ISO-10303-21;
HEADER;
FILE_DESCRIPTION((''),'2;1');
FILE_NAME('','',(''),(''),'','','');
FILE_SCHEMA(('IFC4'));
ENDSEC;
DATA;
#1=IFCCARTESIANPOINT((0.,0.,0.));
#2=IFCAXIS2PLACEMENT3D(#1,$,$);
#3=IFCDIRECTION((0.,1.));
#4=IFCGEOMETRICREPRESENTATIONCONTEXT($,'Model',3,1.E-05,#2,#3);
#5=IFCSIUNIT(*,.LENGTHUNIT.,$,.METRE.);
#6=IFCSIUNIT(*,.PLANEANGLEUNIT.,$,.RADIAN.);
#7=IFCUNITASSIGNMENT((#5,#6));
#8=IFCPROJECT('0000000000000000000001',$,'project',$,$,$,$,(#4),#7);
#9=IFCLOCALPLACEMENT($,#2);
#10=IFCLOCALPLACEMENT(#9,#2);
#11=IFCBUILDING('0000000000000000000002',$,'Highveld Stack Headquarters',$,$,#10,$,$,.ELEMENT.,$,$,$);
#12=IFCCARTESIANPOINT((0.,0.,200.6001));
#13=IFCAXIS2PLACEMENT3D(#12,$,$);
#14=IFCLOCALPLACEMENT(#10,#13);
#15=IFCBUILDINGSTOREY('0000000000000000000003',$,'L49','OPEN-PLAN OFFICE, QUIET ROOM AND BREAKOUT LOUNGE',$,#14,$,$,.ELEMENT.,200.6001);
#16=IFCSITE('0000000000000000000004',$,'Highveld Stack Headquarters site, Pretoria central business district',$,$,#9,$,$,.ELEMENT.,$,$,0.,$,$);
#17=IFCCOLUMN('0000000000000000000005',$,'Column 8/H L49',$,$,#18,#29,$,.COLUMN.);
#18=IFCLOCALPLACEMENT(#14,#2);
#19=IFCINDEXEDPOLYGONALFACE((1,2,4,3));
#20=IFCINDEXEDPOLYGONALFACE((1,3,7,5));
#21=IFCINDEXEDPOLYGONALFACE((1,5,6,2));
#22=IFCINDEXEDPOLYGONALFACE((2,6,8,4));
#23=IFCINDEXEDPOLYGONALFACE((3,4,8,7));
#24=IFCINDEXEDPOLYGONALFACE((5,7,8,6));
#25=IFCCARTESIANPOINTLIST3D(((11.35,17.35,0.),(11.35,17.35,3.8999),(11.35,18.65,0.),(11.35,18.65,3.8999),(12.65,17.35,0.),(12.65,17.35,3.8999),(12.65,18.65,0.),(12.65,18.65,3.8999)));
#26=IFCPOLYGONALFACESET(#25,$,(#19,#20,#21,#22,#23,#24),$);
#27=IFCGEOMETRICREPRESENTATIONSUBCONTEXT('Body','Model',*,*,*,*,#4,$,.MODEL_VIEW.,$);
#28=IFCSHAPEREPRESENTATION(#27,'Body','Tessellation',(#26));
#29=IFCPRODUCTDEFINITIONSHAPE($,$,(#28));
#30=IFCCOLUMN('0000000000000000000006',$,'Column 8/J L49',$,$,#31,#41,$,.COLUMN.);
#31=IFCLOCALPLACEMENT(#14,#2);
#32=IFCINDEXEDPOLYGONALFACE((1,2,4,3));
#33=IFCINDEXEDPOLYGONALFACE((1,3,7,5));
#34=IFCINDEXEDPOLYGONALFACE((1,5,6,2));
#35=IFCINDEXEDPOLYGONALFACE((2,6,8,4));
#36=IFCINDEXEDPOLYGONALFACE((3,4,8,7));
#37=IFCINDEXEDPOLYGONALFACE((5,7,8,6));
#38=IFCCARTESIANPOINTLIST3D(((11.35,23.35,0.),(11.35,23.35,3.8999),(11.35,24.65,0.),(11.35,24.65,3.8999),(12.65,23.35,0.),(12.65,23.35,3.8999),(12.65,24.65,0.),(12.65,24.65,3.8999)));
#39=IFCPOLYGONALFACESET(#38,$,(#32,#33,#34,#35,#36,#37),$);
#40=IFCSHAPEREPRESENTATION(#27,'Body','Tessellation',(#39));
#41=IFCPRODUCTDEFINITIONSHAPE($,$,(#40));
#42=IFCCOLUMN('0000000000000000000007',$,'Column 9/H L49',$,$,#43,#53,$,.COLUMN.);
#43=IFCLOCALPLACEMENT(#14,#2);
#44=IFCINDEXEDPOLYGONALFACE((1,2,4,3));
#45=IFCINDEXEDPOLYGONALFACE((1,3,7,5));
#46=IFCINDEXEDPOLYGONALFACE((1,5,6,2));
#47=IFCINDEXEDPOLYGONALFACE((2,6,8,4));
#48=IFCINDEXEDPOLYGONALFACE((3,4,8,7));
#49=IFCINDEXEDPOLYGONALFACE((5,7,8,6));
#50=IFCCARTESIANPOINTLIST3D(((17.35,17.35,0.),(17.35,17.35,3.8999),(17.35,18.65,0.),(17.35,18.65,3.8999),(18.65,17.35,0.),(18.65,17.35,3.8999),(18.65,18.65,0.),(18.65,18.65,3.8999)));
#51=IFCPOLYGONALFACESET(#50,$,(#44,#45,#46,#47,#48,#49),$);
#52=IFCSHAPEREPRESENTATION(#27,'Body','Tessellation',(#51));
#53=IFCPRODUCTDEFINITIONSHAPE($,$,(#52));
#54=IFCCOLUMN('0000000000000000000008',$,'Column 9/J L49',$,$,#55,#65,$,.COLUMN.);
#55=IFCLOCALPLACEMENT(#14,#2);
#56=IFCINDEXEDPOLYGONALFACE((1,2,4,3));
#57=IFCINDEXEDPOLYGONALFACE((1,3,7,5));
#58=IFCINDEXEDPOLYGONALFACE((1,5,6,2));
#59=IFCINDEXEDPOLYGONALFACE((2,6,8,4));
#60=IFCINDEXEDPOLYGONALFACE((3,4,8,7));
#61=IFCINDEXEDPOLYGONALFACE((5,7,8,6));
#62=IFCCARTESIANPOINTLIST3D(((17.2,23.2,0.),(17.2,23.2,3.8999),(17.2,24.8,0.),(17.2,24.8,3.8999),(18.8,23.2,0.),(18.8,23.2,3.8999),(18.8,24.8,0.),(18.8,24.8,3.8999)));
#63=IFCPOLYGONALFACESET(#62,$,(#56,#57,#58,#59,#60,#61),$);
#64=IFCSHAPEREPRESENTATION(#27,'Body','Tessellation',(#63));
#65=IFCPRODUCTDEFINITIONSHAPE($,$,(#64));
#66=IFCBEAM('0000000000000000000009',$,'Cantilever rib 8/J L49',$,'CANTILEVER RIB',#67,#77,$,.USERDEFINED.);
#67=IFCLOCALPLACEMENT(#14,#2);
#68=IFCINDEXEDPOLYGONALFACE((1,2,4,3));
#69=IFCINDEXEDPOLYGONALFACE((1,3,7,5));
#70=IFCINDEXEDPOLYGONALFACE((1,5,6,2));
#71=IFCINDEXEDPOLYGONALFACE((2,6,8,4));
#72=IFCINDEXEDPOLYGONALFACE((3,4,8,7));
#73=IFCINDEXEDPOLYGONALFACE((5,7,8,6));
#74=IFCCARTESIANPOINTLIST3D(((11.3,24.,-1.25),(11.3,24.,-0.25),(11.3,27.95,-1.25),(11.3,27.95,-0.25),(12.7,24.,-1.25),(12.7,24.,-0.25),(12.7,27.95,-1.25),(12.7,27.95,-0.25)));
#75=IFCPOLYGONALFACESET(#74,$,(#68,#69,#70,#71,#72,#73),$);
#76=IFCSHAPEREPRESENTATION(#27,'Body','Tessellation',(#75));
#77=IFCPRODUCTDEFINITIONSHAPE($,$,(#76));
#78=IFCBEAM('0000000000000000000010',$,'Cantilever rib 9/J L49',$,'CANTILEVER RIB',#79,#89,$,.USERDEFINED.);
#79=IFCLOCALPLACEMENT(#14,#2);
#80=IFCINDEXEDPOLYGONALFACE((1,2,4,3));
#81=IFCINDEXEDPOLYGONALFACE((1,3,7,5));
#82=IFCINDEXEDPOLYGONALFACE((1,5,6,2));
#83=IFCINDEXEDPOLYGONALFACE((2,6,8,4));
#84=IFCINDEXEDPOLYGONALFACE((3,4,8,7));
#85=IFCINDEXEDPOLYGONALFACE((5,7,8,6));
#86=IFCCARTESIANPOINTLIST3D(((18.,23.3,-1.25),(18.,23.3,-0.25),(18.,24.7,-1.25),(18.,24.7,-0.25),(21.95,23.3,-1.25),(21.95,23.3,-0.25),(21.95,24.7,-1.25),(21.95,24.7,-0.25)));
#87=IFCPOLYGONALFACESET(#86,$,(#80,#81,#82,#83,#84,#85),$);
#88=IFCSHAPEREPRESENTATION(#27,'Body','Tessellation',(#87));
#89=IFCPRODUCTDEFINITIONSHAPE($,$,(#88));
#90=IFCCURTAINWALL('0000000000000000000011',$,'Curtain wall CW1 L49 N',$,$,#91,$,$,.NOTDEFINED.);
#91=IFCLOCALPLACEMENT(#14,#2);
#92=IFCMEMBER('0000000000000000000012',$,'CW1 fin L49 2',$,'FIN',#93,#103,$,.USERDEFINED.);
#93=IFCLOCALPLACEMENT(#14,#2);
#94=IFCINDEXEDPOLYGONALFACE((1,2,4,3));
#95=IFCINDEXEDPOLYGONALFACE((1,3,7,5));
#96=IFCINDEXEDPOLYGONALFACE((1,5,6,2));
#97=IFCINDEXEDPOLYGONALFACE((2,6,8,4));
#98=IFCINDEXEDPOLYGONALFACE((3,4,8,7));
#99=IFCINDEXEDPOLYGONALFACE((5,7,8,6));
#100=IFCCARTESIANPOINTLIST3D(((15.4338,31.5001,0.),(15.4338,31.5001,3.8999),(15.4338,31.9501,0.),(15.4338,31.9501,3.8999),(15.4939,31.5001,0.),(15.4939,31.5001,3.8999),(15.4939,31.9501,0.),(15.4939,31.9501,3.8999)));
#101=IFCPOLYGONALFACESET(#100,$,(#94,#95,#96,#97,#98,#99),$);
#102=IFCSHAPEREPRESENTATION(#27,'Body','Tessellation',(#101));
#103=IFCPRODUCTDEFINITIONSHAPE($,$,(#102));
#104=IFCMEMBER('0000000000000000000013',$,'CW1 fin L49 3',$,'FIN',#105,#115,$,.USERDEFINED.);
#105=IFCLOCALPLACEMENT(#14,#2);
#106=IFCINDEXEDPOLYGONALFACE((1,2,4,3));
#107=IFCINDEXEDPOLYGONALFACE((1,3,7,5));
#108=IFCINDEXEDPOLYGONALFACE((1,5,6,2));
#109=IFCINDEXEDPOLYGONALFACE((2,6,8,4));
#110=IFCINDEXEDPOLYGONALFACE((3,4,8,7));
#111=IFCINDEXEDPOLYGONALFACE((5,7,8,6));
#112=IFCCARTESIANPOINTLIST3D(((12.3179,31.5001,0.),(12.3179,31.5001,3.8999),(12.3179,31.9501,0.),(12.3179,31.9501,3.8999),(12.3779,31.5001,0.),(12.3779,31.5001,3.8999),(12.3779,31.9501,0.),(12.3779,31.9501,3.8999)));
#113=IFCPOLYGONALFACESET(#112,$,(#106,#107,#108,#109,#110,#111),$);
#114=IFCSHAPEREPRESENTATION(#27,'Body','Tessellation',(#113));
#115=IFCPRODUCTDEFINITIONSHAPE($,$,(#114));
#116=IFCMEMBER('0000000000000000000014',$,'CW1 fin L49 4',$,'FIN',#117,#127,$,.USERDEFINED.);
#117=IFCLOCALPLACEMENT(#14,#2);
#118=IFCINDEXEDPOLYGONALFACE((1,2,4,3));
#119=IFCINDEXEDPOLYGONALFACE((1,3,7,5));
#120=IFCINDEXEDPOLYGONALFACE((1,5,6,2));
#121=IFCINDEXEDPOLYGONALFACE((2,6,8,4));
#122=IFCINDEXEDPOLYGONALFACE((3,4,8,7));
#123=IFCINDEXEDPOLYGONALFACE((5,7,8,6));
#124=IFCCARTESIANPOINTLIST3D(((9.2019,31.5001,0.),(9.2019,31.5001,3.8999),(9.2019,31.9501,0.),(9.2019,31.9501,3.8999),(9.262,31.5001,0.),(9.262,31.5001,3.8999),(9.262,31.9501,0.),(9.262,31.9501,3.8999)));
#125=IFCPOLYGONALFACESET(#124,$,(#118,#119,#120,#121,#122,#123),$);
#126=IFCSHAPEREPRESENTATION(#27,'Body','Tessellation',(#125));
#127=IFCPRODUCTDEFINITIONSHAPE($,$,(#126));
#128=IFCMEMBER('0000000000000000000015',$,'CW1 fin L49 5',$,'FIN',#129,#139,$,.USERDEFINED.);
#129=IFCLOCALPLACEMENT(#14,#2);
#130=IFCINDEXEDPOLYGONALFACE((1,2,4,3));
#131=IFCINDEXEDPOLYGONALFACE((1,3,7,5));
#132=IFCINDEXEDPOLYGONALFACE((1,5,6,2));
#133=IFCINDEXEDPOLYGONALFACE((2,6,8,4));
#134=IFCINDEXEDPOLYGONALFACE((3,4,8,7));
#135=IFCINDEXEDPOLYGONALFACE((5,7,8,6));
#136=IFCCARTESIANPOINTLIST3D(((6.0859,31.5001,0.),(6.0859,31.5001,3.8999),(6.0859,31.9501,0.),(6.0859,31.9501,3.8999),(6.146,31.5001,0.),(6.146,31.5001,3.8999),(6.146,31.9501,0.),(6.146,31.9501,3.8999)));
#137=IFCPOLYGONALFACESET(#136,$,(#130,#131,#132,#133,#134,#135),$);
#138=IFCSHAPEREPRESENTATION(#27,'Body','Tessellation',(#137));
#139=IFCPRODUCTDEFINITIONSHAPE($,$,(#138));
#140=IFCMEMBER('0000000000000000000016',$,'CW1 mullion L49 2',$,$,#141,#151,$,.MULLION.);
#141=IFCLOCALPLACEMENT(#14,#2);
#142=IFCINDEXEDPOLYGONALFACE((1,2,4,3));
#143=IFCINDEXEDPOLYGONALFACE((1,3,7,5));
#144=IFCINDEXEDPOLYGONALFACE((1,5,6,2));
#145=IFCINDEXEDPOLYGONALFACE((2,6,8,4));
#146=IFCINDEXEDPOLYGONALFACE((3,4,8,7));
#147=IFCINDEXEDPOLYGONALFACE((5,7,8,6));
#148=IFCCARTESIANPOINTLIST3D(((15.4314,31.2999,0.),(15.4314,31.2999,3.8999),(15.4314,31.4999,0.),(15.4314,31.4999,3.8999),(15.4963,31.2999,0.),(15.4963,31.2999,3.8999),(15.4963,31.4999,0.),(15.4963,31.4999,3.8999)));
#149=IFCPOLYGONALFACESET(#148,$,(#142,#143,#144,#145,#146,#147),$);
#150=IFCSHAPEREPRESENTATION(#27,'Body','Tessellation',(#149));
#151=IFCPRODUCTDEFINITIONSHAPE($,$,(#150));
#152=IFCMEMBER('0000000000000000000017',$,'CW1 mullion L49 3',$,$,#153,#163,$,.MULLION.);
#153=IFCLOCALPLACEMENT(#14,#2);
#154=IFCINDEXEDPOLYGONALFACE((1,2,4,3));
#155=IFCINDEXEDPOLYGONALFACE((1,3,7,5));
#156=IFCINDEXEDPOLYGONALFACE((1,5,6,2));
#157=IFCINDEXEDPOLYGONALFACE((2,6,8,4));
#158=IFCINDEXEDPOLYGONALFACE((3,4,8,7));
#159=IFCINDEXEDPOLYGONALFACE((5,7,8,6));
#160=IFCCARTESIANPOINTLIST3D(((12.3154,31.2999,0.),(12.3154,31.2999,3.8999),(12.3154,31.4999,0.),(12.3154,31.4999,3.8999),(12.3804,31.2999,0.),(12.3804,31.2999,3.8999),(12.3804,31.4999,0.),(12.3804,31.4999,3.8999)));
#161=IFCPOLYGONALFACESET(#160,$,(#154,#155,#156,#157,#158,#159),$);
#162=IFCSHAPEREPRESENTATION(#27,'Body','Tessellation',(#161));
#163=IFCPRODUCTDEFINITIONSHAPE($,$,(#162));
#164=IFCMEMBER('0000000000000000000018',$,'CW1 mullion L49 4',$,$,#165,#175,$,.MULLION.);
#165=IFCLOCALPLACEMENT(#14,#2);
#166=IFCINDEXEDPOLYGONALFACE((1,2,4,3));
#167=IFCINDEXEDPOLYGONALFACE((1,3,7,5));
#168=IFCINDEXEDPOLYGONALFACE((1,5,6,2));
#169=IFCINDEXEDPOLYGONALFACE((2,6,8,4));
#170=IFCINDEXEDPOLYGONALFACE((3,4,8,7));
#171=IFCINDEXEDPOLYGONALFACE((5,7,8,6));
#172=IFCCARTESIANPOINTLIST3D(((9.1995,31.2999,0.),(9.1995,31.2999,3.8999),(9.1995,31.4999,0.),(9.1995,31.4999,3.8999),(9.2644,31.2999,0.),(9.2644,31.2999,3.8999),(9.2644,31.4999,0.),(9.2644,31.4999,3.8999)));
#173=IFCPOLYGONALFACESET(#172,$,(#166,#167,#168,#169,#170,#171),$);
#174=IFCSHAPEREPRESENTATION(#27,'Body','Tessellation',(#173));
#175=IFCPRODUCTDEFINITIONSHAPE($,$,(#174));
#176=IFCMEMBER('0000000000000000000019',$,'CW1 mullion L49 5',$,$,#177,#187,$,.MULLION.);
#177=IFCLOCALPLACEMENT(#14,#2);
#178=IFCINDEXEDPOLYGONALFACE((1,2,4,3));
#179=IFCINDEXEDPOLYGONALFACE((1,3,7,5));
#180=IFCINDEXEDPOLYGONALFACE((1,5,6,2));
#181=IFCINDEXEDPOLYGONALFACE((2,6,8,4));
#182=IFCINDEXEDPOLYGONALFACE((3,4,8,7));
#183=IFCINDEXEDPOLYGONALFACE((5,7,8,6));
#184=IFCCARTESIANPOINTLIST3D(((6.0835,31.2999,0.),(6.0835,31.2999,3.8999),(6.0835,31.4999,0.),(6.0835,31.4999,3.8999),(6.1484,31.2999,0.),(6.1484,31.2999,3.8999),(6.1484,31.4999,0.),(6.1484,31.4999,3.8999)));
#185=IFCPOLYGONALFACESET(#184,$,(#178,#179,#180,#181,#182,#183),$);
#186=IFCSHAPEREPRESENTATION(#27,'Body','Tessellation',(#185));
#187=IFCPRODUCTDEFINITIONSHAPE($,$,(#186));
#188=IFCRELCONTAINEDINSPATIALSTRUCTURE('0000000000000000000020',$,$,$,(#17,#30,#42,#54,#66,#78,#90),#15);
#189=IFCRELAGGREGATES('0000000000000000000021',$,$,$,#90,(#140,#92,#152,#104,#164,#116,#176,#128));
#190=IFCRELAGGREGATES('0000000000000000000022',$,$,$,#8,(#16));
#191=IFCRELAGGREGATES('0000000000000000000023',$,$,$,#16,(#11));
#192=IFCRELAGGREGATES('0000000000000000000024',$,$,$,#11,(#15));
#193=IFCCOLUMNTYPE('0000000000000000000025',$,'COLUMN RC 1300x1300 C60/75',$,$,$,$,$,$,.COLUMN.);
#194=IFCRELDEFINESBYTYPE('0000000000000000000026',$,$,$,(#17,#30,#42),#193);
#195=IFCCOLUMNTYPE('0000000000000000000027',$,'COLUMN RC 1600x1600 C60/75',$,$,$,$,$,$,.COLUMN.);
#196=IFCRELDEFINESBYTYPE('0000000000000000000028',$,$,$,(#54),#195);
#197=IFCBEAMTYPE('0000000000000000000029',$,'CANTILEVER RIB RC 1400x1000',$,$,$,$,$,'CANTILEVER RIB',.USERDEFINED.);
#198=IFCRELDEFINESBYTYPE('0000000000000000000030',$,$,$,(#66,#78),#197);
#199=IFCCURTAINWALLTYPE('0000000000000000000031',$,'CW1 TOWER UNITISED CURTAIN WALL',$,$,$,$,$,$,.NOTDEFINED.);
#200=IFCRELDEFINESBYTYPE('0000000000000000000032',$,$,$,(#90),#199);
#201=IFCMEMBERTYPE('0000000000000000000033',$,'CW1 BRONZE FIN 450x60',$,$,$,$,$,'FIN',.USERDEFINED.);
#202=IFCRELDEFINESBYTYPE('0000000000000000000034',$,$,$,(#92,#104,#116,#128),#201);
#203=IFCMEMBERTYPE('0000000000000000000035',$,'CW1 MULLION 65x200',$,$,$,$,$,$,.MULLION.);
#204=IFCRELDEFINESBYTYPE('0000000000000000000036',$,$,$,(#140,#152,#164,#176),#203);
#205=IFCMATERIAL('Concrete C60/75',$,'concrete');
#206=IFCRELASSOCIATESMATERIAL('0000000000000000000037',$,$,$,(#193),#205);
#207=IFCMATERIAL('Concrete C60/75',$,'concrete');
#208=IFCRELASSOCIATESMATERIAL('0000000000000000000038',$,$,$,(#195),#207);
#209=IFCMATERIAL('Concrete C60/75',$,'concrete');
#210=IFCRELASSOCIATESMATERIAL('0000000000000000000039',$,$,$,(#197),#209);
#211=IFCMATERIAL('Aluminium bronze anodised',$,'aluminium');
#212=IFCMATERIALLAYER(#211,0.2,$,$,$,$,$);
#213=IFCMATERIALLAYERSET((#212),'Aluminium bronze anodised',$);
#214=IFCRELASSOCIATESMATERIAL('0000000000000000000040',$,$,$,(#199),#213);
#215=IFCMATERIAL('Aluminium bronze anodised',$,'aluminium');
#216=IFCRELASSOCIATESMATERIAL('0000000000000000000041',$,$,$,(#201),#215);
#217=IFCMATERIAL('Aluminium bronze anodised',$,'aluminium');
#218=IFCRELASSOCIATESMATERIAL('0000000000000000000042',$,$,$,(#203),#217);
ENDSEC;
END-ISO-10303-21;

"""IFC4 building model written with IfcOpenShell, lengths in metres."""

from ifc_helpers import new_model, si_unit, direction, frame, origin, origin_2d, place, context, subcontext, project, spatial, rectangle, extrude, material, layer, layer_set, material_profile, profile_set, type_object, element, aggregate, save


model = new_model("IFC4")

# Units and contexts
model_context = context("Model", 3, precision=1e-05, world=origin(), true_north=direction((0.0, 1.0)))
body_context = subcontext(model_context, "Body", "Model", "MODEL_VIEW")
ifc_project = project(units=[si_unit("LENGTHUNIT", "METRE"), si_unit("PLANEANGLEUNIT", "RADIAN")], contexts=[model_context])

# Site, building, storey
site_placement = place(None, origin())
site = spatial("IfcSite", under=ifc_project, at=site_placement, Name="Highveld Stack Headquarters site, Pretoria central business district", CompositionType="ELEMENT", RefElevation=0.0)
building_placement = place(site_placement, origin())
building = spatial("IfcBuilding", under=site, at=building_placement, Name="Highveld Stack Headquarters", CompositionType="ELEMENT")
storey_placement = place(building_placement, frame((0.0, 0.0, 200.6001)))
storey = spatial("IfcBuildingStorey", under=building, at=storey_placement, Name="L49", Description="OPEN-PLAN OFFICE, QUIET ROOM AND BREAKOUT LOUNGE", CompositionType="ELEMENT", Elevation=200.6001)

# Columns
ifc_material_1 = material(Name="Concrete C60/75", Category="concrete")
ifc_material_profile_1 = material_profile(ifc_material_1, rectangle(XDim=1.3, YDim=1.3, at=origin_2d()), Name="RC 1300x1300")
ifc_profile_set_1 = profile_set([ifc_material_profile_1], Name="Concrete C60/75")
column_type_1 = type_object("IfcColumnType", Name="COLUMN RC 1300x1300 C60/75", PredefinedType="COLUMN", material=ifc_profile_set_1)
for number, where, z_axis, x_axis, name in (
    (1, (12.0, 18.0, 0.0), (0.0, 0.0, 1.0), (1.0, 0.0, 0.0), "Column 8/H L49"),
    (2, (12.0, 24.0, 0.0), (0.0, 0.0, 1.0), (1.0, 0.0, 0.0), "Column 8/J L49"),
    (3, (18.0, 18.0, 0.0), (0.0, 0.0, 1.0), (1.0, 0.0, 0.0), "Column 9/H L49"),
):
    element("IfcColumn", number, at=place(storey_placement, frame(where, z_axis=z_axis, x_axis=x_axis)), inside=storey, type_object=column_type_1, Name=name, PredefinedType="COLUMN", context=body_context, shape_type="SweptSolid", body=[
        extrude(rectangle(XDim=1.3, YDim=1.3, at=origin_2d()), origin(), (0.0, 0.0, 1.0), 3.8999),
    ])
ifc_material_2 = material(Name="Concrete C60/75", Category="concrete")
ifc_material_profile_2 = material_profile(ifc_material_2, rectangle(XDim=1.6001, YDim=1.6001, at=origin_2d()), Name="RC 1600x1600")
ifc_profile_set_2 = profile_set([ifc_material_profile_2], Name="Concrete C60/75")
column_type_2 = type_object("IfcColumnType", Name="COLUMN RC 1600x1600 C60/75", PredefinedType="COLUMN", material=ifc_profile_set_2)
column_placement = place(storey_placement, frame((18.0, 24.0, 0.0), z_axis=(0.0, 0.0, 1.0), x_axis=(1.0, 0.0, 0.0)))
element("IfcColumn", 4, at=column_placement, inside=storey, type_object=column_type_2, Name="Column 9/J L49", PredefinedType="COLUMN", context=body_context, shape_type="SweptSolid", body=[
    extrude(rectangle(XDim=1.6001, YDim=1.6001, at=origin_2d()), origin(), (0.0, 0.0, 1.0), 3.8999),
])

# Beams
ifc_material_3 = material(Name="Concrete C60/75", Category="concrete")
ifc_material_profile_3 = material_profile(ifc_material_3, rectangle(XDim=1.3999, YDim=1.0, at=origin_2d()), Name="RC 1400x1000")
ifc_profile_set_3 = profile_set([ifc_material_profile_3], Name="Concrete C60/75")
beam_type_1 = type_object("IfcBeamType", Name="CANTILEVER RIB RC 1400x1000", ElementType="CANTILEVER RIB", PredefinedType="USERDEFINED", material=ifc_profile_set_3)
for number, where, z_axis, x_axis, name in (
    (5, (12.0, 24.0, -0.75), (0.0, 1.0, 0.0), (-1.0, 0.0, 0.0), "Cantilever rib 8/J L49"),
    (6, (18.0, 24.0, -0.75), (1.0, 0.0, 0.0), (0.0, 1.0, 0.0), "Cantilever rib 9/J L49"),
):
    element("IfcBeam", number, at=place(storey_placement, frame(where, z_axis=z_axis, x_axis=x_axis)), inside=storey, type_object=beam_type_1, Name=name, ObjectType="CANTILEVER RIB", PredefinedType="USERDEFINED", context=body_context, shape_type="SweptSolid", body=[
        extrude(rectangle(XDim=1.3999, YDim=1.0, at=origin_2d()), origin(), (0.0, 0.0, 1.0), 3.95),
    ])

# Curtain wall, members
ifc_material_4 = material(Name="Aluminium bronze anodised", Category="aluminium")
ifc_layer_1 = layer(ifc_material_4, 0.2)
ifc_layer_set_1 = layer_set([ifc_layer_1], Name="Aluminium bronze anodised")
curtain_wall_type = type_object("IfcCurtainWallType", Name="CW1 TOWER UNITISED CURTAIN WALL", PredefinedType="NOTDEFINED", material=ifc_layer_set_1)
curtain_wall_placement = place(storey_placement, origin())
curtain_wall = element("IfcCurtainWall", 7, at=curtain_wall_placement, inside=storey, type_object=curtain_wall_type, Name="Curtain wall CW1 L49 N", PredefinedType="NOTDEFINED")
ifc_material_5 = material(Name="Aluminium bronze anodised", Category="aluminium")
ifc_material_profile_4 = material_profile(ifc_material_5, rectangle(XDim=0.45, YDim=0.0601, at=origin_2d()), Name="FIN 450x60")
ifc_profile_set_4 = profile_set([ifc_material_profile_4], Name="Aluminium bronze anodised")
member_type_1 = type_object("IfcMemberType", Name="CW1 BRONZE FIN 450x60", ElementType="FIN", PredefinedType="USERDEFINED", material=ifc_profile_set_4)
member_1_placement = place(storey_placement, frame((15.4639, 31.7251, 0.0), z_axis=(0.0, 0.0, 1.0), x_axis=(0.0, -1.0, 0.0)))
member_1 = element("IfcMember", 8, at=member_1_placement, type_object=member_type_1, Name="CW1 fin L49 2", ObjectType="FIN", PredefinedType="USERDEFINED", context=body_context, shape_type="SweptSolid", body=[
    extrude(rectangle(XDim=0.45, YDim=0.0601, at=origin_2d()), origin(), (0.0, 0.0, 1.0), 3.8999),
])
member_2_placement = place(storey_placement, frame((12.3479, 31.7251, 0.0), z_axis=(0.0, 0.0, 1.0), x_axis=(0.0, -1.0, 0.0)))
member_2 = element("IfcMember", 9, at=member_2_placement, type_object=member_type_1, Name="CW1 fin L49 3", ObjectType="FIN", PredefinedType="USERDEFINED", context=body_context, shape_type="SweptSolid", body=[
    extrude(rectangle(XDim=0.45, YDim=0.0601, at=origin_2d()), origin(), (0.0, 0.0, 1.0), 3.8999),
])
member_3_placement = place(storey_placement, frame((9.2319, 31.7251, 0.0), z_axis=(0.0, 0.0, 1.0), x_axis=(0.0, -1.0, 0.0)))
member_3 = element("IfcMember", 10, at=member_3_placement, type_object=member_type_1, Name="CW1 fin L49 4", ObjectType="FIN", PredefinedType="USERDEFINED", context=body_context, shape_type="SweptSolid", body=[
    extrude(rectangle(XDim=0.45, YDim=0.0601, at=origin_2d()), origin(), (0.0, 0.0, 1.0), 3.8999),
])
member_4_placement = place(storey_placement, frame((6.116, 31.7251, 0.0), z_axis=(0.0, 0.0, 1.0), x_axis=(0.0, -1.0, 0.0)))
member_4 = element("IfcMember", 11, at=member_4_placement, type_object=member_type_1, Name="CW1 fin L49 5", ObjectType="FIN", PredefinedType="USERDEFINED", context=body_context, shape_type="SweptSolid", body=[
    extrude(rectangle(XDim=0.45, YDim=0.0601, at=origin_2d()), origin(), (0.0, 0.0, 1.0), 3.8999),
])
ifc_material_6 = material(Name="Aluminium bronze anodised", Category="aluminium")
ifc_material_profile_5 = material_profile(ifc_material_6, rectangle(XDim=0.2, YDim=0.0649, at=origin_2d()), Name="CW1 MULLION 65x200")
ifc_profile_set_5 = profile_set([ifc_material_profile_5], Name="Aluminium bronze anodised")
member_type_2 = type_object("IfcMemberType", Name="CW1 MULLION 65x200", PredefinedType="MULLION", material=ifc_profile_set_5)
member_5_placement = place(storey_placement, frame((15.4639, 31.3999, 0.0), z_axis=(0.0, 0.0, 1.0), x_axis=(0.0, -1.0, 0.0)))
member_5 = element("IfcMember", 12, at=member_5_placement, type_object=member_type_2, Name="CW1 mullion L49 2", PredefinedType="MULLION", context=body_context, shape_type="SweptSolid", body=[
    extrude(rectangle(XDim=0.2, YDim=0.0649, at=origin_2d()), origin(), (0.0, 0.0, 1.0), 3.8999),
])
member_6_placement = place(storey_placement, frame((12.3479, 31.3999, 0.0), z_axis=(0.0, 0.0, 1.0), x_axis=(0.0, -1.0, 0.0)))
member_6 = element("IfcMember", 13, at=member_6_placement, type_object=member_type_2, Name="CW1 mullion L49 3", PredefinedType="MULLION", context=body_context, shape_type="SweptSolid", body=[
    extrude(rectangle(XDim=0.2, YDim=0.0649, at=origin_2d()), origin(), (0.0, 0.0, 1.0), 3.8999),
])
member_7_placement = place(storey_placement, frame((9.2319, 31.3999, 0.0), z_axis=(0.0, 0.0, 1.0), x_axis=(0.0, -1.0, 0.0)))
member_7 = element("IfcMember", 14, at=member_7_placement, type_object=member_type_2, Name="CW1 mullion L49 4", PredefinedType="MULLION", context=body_context, shape_type="SweptSolid", body=[
    extrude(rectangle(XDim=0.2, YDim=0.0649, at=origin_2d()), origin(), (0.0, 0.0, 1.0), 3.8999),
])
member_8_placement = place(storey_placement, frame((6.116, 31.3999, 0.0), z_axis=(0.0, 0.0, 1.0), x_axis=(0.0, -1.0, 0.0)))
member_8 = element("IfcMember", 15, at=member_8_placement, type_object=member_type_2, Name="CW1 mullion L49 5", PredefinedType="MULLION", context=body_context, shape_type="SweptSolid", body=[
    extrude(rectangle(XDim=0.2, YDim=0.0649, at=origin_2d()), origin(), (0.0, 0.0, 1.0), 3.8999),
])

aggregate(curtain_wall, [member_5, member_1, member_6, member_2, member_7, member_3, member_8, member_4])

save(model, "model.ifc")
